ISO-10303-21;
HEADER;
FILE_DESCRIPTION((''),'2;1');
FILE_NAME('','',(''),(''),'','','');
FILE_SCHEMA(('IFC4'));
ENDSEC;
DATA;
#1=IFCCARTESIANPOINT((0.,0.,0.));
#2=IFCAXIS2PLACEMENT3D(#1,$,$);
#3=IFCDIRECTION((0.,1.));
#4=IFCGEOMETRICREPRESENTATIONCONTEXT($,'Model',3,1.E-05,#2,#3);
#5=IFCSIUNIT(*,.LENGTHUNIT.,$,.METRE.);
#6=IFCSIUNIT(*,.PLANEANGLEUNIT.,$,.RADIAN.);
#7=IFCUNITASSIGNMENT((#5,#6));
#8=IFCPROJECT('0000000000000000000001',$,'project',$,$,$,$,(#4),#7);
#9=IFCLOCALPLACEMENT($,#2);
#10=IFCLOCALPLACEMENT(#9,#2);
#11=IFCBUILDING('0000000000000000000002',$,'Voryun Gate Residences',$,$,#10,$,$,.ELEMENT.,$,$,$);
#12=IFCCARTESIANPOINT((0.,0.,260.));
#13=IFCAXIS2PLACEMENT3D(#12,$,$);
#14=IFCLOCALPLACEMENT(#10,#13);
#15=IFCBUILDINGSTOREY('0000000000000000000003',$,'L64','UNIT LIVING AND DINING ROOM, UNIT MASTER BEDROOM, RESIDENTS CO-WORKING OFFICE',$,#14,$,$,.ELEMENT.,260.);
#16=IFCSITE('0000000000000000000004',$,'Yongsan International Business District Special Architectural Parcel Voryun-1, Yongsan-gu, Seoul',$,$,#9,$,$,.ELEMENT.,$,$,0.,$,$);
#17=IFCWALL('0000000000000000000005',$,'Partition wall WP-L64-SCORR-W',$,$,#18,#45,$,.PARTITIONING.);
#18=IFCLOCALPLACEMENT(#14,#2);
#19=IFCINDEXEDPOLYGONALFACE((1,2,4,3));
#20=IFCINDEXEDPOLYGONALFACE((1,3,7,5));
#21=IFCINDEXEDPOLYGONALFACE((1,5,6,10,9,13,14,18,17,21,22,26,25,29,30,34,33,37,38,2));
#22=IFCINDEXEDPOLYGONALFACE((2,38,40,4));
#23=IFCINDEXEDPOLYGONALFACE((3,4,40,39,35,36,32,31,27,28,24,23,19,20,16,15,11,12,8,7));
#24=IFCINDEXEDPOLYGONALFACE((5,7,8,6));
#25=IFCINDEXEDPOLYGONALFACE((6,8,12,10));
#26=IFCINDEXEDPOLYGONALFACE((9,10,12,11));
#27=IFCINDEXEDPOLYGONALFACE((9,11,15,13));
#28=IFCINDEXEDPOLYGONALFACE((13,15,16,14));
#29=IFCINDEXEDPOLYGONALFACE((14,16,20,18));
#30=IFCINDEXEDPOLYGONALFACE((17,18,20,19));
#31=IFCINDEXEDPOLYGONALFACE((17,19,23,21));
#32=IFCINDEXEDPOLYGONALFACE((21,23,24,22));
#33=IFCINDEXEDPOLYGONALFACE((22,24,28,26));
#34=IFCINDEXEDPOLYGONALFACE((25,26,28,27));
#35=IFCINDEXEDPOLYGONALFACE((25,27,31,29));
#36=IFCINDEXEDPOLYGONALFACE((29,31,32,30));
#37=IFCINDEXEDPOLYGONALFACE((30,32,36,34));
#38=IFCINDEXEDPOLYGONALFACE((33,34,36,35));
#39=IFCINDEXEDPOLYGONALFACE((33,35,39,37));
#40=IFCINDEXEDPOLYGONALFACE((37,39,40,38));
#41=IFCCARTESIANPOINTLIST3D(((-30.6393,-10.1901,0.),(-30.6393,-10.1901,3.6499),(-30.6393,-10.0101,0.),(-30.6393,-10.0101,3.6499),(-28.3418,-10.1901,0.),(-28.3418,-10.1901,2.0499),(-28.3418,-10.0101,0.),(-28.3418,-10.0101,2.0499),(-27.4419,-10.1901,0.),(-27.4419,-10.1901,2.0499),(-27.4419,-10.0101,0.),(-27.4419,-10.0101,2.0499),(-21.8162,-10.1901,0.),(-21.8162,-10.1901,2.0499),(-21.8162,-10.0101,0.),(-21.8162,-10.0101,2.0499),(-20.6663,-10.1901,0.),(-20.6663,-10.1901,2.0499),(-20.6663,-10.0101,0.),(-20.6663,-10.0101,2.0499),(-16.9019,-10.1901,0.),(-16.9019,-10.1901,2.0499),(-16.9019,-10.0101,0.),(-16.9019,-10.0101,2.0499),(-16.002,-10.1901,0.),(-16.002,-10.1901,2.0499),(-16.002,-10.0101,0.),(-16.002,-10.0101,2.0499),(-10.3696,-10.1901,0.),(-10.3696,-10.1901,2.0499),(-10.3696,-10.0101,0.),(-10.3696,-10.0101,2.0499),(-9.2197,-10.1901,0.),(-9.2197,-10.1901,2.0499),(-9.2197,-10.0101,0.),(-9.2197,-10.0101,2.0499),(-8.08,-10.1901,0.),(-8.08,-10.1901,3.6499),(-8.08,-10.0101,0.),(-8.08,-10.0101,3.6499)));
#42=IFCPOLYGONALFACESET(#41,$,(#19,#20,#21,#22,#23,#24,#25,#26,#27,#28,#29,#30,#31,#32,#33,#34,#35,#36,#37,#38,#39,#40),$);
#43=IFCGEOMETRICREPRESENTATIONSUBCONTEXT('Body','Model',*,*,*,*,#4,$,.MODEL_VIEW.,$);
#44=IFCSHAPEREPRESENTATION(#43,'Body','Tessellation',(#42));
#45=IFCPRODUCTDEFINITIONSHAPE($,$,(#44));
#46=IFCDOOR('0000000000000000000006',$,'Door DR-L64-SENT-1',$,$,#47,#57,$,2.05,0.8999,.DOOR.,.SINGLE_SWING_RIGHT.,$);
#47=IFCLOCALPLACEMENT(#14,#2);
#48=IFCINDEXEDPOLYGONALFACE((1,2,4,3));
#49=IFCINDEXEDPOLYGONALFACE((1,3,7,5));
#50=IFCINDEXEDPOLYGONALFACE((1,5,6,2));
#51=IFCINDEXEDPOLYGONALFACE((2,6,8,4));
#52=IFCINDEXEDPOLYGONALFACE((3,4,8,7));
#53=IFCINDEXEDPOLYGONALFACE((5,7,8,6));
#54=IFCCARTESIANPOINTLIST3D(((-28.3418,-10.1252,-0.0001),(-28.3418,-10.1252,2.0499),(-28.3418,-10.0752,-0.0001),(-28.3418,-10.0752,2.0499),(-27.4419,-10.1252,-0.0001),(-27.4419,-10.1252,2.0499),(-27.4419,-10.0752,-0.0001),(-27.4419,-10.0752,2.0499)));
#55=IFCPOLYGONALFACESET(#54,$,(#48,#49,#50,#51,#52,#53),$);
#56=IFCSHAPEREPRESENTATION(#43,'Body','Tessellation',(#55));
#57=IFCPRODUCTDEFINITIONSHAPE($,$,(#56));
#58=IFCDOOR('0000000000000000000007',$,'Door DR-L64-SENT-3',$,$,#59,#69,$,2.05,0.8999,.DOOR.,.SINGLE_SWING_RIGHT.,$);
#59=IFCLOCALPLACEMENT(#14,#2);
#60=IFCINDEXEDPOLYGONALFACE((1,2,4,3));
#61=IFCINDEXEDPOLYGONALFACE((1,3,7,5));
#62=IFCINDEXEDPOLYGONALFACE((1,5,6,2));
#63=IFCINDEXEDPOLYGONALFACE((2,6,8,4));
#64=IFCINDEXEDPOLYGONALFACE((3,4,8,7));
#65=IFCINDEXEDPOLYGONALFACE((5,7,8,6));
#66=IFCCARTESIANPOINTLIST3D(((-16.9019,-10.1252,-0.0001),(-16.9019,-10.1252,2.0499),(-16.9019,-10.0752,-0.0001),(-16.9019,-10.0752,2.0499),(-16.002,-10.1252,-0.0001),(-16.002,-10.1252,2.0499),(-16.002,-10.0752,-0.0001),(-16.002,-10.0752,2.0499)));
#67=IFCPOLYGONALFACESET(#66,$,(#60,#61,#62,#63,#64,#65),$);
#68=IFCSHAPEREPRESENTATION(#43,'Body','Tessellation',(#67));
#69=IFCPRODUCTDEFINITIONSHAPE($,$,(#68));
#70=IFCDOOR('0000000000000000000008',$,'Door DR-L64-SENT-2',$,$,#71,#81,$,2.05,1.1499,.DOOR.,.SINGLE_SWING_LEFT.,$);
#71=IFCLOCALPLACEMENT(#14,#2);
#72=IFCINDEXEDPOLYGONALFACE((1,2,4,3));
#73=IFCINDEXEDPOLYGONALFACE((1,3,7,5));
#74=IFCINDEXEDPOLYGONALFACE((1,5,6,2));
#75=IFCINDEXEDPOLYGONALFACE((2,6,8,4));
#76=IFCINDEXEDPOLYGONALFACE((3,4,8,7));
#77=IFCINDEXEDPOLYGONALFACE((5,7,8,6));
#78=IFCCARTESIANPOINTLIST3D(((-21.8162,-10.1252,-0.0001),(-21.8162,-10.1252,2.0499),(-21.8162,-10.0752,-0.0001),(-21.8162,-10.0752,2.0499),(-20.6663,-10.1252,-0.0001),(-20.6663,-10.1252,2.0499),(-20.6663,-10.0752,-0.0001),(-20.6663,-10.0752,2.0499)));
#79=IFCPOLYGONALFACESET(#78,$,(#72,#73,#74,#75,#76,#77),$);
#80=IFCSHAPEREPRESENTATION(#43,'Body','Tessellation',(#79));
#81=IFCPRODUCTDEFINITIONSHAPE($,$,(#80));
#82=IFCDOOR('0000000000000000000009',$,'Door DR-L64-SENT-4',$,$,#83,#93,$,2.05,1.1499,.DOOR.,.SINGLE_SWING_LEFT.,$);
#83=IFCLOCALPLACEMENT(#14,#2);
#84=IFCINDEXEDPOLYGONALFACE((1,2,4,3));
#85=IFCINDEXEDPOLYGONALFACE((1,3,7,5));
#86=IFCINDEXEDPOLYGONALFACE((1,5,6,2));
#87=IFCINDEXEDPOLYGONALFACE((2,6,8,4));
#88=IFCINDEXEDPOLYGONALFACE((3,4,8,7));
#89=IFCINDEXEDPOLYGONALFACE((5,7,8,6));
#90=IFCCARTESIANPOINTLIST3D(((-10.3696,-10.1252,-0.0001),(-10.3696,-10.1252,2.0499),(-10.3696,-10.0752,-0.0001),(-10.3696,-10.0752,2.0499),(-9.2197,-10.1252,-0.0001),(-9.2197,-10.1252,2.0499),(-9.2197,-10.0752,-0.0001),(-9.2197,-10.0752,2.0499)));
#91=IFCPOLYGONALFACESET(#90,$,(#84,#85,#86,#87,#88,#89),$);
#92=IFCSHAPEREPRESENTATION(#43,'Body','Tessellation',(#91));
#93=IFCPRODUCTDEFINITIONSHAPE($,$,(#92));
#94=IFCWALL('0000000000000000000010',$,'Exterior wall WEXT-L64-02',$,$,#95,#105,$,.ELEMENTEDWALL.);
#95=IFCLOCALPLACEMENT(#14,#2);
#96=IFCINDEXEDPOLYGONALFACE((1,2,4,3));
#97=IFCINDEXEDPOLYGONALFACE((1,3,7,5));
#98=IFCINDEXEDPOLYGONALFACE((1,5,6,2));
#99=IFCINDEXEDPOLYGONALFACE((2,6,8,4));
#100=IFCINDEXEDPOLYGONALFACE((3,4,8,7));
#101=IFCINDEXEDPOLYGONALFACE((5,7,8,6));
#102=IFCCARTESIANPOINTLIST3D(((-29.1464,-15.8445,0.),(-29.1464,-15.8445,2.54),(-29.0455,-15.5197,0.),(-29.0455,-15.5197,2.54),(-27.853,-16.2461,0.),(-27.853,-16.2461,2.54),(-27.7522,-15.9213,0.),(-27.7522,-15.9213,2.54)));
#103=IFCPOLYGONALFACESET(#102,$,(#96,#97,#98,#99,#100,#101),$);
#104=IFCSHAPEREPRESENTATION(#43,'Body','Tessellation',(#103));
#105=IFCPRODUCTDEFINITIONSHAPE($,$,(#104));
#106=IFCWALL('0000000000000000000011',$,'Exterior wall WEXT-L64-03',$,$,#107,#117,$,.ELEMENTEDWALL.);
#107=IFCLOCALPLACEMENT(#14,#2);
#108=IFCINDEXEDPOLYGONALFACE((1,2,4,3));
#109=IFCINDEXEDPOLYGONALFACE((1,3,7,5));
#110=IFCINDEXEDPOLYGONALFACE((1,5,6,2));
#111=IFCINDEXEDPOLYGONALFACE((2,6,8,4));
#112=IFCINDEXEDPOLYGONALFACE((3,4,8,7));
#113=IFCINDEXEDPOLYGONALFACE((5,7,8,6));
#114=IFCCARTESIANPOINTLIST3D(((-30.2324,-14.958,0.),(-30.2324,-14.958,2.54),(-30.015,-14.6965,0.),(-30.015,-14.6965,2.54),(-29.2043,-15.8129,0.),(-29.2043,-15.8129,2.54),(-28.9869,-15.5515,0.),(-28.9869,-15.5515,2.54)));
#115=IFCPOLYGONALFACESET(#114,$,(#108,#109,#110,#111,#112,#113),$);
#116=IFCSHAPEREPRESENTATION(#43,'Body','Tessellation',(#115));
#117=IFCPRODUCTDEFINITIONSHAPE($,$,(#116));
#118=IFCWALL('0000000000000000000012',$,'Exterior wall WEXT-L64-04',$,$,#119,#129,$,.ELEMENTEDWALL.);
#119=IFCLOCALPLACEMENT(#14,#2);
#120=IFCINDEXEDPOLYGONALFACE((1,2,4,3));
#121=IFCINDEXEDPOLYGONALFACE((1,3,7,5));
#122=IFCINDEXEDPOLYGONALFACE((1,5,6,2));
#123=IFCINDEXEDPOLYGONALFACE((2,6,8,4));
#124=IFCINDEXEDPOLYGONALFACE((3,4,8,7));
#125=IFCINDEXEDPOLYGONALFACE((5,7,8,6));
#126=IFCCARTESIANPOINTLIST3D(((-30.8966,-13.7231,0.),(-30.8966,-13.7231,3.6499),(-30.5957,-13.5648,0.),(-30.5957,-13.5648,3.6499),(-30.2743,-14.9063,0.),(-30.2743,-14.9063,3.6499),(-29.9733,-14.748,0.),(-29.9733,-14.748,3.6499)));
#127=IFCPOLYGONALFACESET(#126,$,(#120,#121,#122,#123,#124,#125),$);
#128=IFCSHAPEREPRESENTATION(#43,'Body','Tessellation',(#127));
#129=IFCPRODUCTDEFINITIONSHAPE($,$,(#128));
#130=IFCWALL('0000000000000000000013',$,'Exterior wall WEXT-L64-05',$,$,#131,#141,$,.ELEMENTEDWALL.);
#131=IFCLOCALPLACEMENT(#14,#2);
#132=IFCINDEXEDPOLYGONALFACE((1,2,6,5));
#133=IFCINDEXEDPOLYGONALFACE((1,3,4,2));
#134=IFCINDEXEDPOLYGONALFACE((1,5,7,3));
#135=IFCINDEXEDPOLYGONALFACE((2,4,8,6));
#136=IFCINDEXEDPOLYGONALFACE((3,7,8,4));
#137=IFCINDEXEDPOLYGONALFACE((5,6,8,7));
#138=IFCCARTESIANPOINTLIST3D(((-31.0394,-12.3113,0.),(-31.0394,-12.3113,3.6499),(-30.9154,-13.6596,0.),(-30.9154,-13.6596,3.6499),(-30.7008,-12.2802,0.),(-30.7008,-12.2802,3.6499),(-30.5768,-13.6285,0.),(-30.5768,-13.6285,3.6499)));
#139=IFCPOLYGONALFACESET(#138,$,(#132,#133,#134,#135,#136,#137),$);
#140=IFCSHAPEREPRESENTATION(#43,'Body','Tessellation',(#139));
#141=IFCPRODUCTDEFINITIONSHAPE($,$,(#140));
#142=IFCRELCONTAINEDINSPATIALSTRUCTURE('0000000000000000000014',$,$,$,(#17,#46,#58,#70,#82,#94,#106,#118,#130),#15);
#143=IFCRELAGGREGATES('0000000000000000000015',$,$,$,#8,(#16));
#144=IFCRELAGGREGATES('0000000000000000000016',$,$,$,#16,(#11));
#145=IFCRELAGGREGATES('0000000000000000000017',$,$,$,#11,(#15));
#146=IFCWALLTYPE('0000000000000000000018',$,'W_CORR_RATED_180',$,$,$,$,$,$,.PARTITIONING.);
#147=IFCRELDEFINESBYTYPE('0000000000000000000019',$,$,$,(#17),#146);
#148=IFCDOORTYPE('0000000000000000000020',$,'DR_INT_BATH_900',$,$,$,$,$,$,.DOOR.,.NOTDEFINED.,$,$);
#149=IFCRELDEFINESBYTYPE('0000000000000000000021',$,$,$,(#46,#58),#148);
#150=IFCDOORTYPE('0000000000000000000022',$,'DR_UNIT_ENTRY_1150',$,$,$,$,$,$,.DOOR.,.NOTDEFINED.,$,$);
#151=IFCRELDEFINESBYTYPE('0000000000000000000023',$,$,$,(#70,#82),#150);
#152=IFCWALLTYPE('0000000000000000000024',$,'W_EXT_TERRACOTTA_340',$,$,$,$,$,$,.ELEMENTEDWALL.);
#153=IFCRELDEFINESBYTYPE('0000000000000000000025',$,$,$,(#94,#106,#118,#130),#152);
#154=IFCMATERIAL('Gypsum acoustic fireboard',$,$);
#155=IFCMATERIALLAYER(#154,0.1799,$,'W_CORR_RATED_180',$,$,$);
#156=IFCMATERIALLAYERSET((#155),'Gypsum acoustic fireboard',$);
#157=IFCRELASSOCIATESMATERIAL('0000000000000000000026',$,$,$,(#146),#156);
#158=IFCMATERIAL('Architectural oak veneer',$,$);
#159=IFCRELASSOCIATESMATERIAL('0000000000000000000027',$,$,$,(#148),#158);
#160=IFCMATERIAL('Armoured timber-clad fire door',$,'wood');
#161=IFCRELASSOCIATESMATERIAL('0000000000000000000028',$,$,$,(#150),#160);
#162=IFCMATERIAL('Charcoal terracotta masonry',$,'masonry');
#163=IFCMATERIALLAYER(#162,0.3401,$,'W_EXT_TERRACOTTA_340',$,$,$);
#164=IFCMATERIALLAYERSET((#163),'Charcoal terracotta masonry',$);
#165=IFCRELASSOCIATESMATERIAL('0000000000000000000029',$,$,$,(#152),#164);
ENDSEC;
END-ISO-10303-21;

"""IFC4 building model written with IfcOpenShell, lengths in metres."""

from ifc_helpers import new_model, si_unit, direction, frame, frame_2d, origin, place, context, subcontext, project, spatial, rectangle, extrude, material, layer, layer_set, type_object, element, fill, save


model = new_model("IFC4")

# Units and contexts
model_context = context("Model", 3, precision=1e-05, world=origin(), true_north=direction((0.0, 1.0)))
body_context = subcontext(model_context, "Body", "Model", "MODEL_VIEW")
ifc_project = project(units=[si_unit("LENGTHUNIT", "METRE"), si_unit("PLANEANGLEUNIT", "RADIAN")], contexts=[model_context])

# Site, building, storey
site_placement = place(None, origin())
site = spatial("IfcSite", under=ifc_project, at=site_placement, Name="Yongsan International Business District Special Architectural Parcel Voryun-1, Yongsan-gu, Seoul", CompositionType="ELEMENT", RefElevation=0.0)
building_placement = place(site_placement, origin())
building = spatial("IfcBuilding", under=site, at=building_placement, Name="Voryun Gate Residences", CompositionType="ELEMENT")
storey_placement = place(building_placement, frame((0.0, 0.0, 260.0)))
storey = spatial("IfcBuildingStorey", under=building, at=storey_placement, Name="L64", Description="UNIT LIVING AND DINING ROOM, UNIT MASTER BEDROOM, RESIDENTS CO-WORKING OFFICE", CompositionType="ELEMENT", Elevation=260.0)

# Wall, openings, doors
ifc_material_1 = material(Name="Gypsum acoustic fireboard")
ifc_layer_1 = layer(ifc_material_1, 0.1799, Name="W_CORR_RATED_180")
ifc_layer_set_1 = layer_set([ifc_layer_1], Name="Gypsum acoustic fireboard")
wall_type_1 = type_object("IfcWallType", Name="W_CORR_RATED_180", PredefinedType="PARTITIONING", material=ifc_layer_set_1)
wall_1_placement = place(storey_placement, frame((-30.6394, -10.1001, 0.0), z_axis=(0.0, 0.0, 1.0), x_axis=(1.0, 0.0, 0.0)))
wall_1 = element("IfcWall", 1, at=wall_1_placement, inside=storey, type_object=wall_type_1, Name="Partition wall WP-L64-SCORR-W", PredefinedType="PARTITIONING", context=body_context, shape_type="SweptSolid", body=[
    extrude(rectangle(XDim=22.5593, YDim=0.1799, at=frame_2d((11.2798, 0.0))), origin(), (0.0, 0.0, 1.0), 3.6499),
])
opening_1_placement = place(wall_1_placement, frame((2.2976, 0.0, 0.0)))
opening_1 = element("IfcOpeningElement", 2, at=opening_1_placement, cuts=wall_1, PredefinedType="OPENING", context=body_context, shape_type="SweptSolid", body=[
    extrude(rectangle(XDim=0.8999, YDim=2.05, at=frame_2d((0.45, 1.0249))), frame((0.0, 0.0999, 0.0), z_axis=(0.0, -1.0, 0.0), x_axis=(1.0, 0.0, 0.0)), (0.0, 0.0, 1.0), 0.2),
])
opening_2_placement = place(wall_1_placement, frame((8.8232, 0.0, 0.0)))
opening_2 = element("IfcOpeningElement", 3, at=opening_2_placement, cuts=wall_1, PredefinedType="OPENING", context=body_context, shape_type="SweptSolid", body=[
    extrude(rectangle(XDim=1.1499, YDim=2.05, at=frame_2d((0.575, 1.0249))), frame((0.0, 0.0999, 0.0), z_axis=(0.0, -1.0, 0.0), x_axis=(1.0, 0.0, 0.0)), (0.0, 0.0, 1.0), 0.2),
])
opening_3_placement = place(wall_1_placement, frame((13.7375, 0.0, 0.0)))
opening_3 = element("IfcOpeningElement", 4, at=opening_3_placement, cuts=wall_1, PredefinedType="OPENING", context=body_context, shape_type="SweptSolid", body=[
    extrude(rectangle(XDim=0.8999, YDim=2.05, at=frame_2d((0.45, 1.0249))), frame((0.0, 0.0999, 0.0), z_axis=(0.0, -1.0, 0.0), x_axis=(1.0, 0.0, 0.0)), (0.0, 0.0, 1.0), 0.2),
])
opening_4_placement = place(wall_1_placement, frame((20.2698, 0.0, 0.0)))
opening_4 = element("IfcOpeningElement", 5, at=opening_4_placement, cuts=wall_1, PredefinedType="OPENING", context=body_context, shape_type="SweptSolid", body=[
    extrude(rectangle(XDim=1.1499, YDim=2.05, at=frame_2d((0.575, 1.0249))), frame((0.0, 0.0999, 0.0), z_axis=(0.0, -1.0, 0.0), x_axis=(1.0, 0.0, 0.0)), (0.0, 0.0, 1.0), 0.2),
])
ifc_material_2 = material(Name="Architectural oak veneer")
door_type_1 = type_object("IfcDoorType", Name="DR_INT_BATH_900", OperationType="NOTDEFINED", PredefinedType="DOOR", material=ifc_material_2)
door_1_placement = place(opening_1_placement, origin())
door_1 = element("IfcDoor", 6, at=door_1_placement, inside=storey, type_object=door_type_1, Name="Door DR-L64-SENT-1", OperationType="SINGLE_SWING_RIGHT", OverallHeight=2.05, OverallWidth=0.8999, PredefinedType="DOOR", context=body_context, shape_type="SweptSolid", body=[
    extrude(rectangle(XDim=0.8999, YDim=2.05, at=frame_2d((0.45, 1.0249))), frame((0.0, 0.0249, 0.0), z_axis=(0.0, -1.0, 0.0), x_axis=(1.0, 0.0, 0.0)), (0.0, 0.0, 1.0), 0.05),
])
fill(opening_1, door_1)
door_2_placement = place(opening_3_placement, origin())
door_2 = element("IfcDoor", 7, at=door_2_placement, inside=storey, type_object=door_type_1, Name="Door DR-L64-SENT-3", OperationType="SINGLE_SWING_RIGHT", OverallHeight=2.05, OverallWidth=0.8999, PredefinedType="DOOR", context=body_context, shape_type="SweptSolid", body=[
    extrude(rectangle(XDim=0.8999, YDim=2.05, at=frame_2d((0.45, 1.0249))), frame((0.0, 0.0249, 0.0), z_axis=(0.0, -1.0, 0.0), x_axis=(1.0, 0.0, 0.0)), (0.0, 0.0, 1.0), 0.05),
])
fill(opening_3, door_2)
ifc_material_3 = material(Name="Armoured timber-clad fire door", Category="wood")
door_type_2 = type_object("IfcDoorType", Name="DR_UNIT_ENTRY_1150", OperationType="NOTDEFINED", PredefinedType="DOOR", material=ifc_material_3)
door_3_placement = place(opening_2_placement, origin())
door_3 = element("IfcDoor", 8, at=door_3_placement, inside=storey, type_object=door_type_2, Name="Door DR-L64-SENT-2", OperationType="SINGLE_SWING_LEFT", OverallHeight=2.05, OverallWidth=1.1499, PredefinedType="DOOR", context=body_context, shape_type="SweptSolid", body=[
    extrude(rectangle(XDim=1.1499, YDim=2.05, at=frame_2d((0.575, 1.0249))), frame((0.0, 0.0249, 0.0), z_axis=(0.0, -1.0, 0.0), x_axis=(1.0, 0.0, 0.0)), (0.0, 0.0, 1.0), 0.05),
])
fill(opening_2, door_3)
door_4_placement = place(opening_4_placement, origin())
door_4 = element("IfcDoor", 9, at=door_4_placement, inside=storey, type_object=door_type_2, Name="Door DR-L64-SENT-4", OperationType="SINGLE_SWING_LEFT", OverallHeight=2.05, OverallWidth=1.1499, PredefinedType="DOOR", context=body_context, shape_type="SweptSolid", body=[
    extrude(rectangle(XDim=1.1499, YDim=2.05, at=frame_2d((0.575, 1.0249))), frame((0.0, 0.0249, 0.0), z_axis=(0.0, -1.0, 0.0), x_axis=(1.0, 0.0, 0.0)), (0.0, 0.0, 1.0), 0.05),
])
fill(opening_4, door_4)

# Walls
ifc_material_4 = material(Name="Charcoal terracotta masonry", Category="masonry")
ifc_layer_2 = layer(ifc_material_4, 0.3401, Name="W_EXT_TERRACOTTA_340")
ifc_layer_set_2 = layer_set([ifc_layer_2], Name="Charcoal terracotta masonry")
wall_type_2 = type_object("IfcWallType", Name="W_EXT_TERRACOTTA_340", PredefinedType="ELEMENTEDWALL", material=ifc_layer_set_2)
wall_2_placement = place(storey_placement, frame((-27.8025, -16.0837, 0.0), z_axis=(0.0, 0.0, 1.0), x_axis=(-0.955008, 0.296581, 0.0)))
element("IfcWall", 10, at=wall_2_placement, inside=storey, type_object=wall_type_2, Name="Exterior wall WEXT-L64-02", PredefinedType="ELEMENTEDWALL", context=body_context, shape_type="SweptSolid", body=[
    extrude(rectangle(XDim=1.3542, YDim=0.3401, at=frame_2d((0.6772, 0.0))), origin(), (0.0, 0.0, 1.0), 2.54),
])
wall_3_placement = place(storey_placement, frame((-29.0957, -15.6821, 0.0), z_axis=(0.0, 0.0, 1.0), x_axis=(-0.768864, 0.639412, 0.0)))
element("IfcWall", 11, at=wall_3_placement, inside=storey, type_object=wall_type_2, Name="Exterior wall WEXT-L64-03", PredefinedType="ELEMENTEDWALL", context=body_context, shape_type="SweptSolid", body=[
    extrude(rectangle(XDim=1.3372, YDim=0.3401, at=frame_2d((0.6685, 0.0))), origin(), (0.0, 0.0, 1.0), 2.54),
])
wall_4_placement = place(storey_placement, frame((-30.1238, -14.8271, 0.0), z_axis=(0.0, 0.0, 1.0), x_axis=(-0.465528, 0.885033, 0.0)))
element("IfcWall", 12, at=wall_4_placement, inside=storey, type_object=wall_type_2, Name="Exterior wall WEXT-L64-04", PredefinedType="ELEMENTEDWALL", context=body_context, shape_type="SweptSolid", body=[
    extrude(rectangle(XDim=1.3369, YDim=0.3401, at=frame_2d((0.6685, 0.0))), origin(), (0.0, 0.0, 1.0), 3.6499),
])
wall_5_placement = place(storey_placement, frame((-30.7461, -13.644, 0.0), z_axis=(0.0, 0.0, 1.0), x_axis=(-0.091592, 0.995797, 0.0)))
element("IfcWall", 13, at=wall_5_placement, inside=storey, type_object=wall_type_2, Name="Exterior wall WEXT-L64-05", PredefinedType="ELEMENTEDWALL", context=body_context, shape_type="SweptSolid", body=[
    extrude(rectangle(XDim=1.354, YDim=0.3401, at=frame_2d((0.677, 0.0))), origin(), (0.0, 0.0, 1.0), 3.6499),
])

save(model, "model.ifc")
